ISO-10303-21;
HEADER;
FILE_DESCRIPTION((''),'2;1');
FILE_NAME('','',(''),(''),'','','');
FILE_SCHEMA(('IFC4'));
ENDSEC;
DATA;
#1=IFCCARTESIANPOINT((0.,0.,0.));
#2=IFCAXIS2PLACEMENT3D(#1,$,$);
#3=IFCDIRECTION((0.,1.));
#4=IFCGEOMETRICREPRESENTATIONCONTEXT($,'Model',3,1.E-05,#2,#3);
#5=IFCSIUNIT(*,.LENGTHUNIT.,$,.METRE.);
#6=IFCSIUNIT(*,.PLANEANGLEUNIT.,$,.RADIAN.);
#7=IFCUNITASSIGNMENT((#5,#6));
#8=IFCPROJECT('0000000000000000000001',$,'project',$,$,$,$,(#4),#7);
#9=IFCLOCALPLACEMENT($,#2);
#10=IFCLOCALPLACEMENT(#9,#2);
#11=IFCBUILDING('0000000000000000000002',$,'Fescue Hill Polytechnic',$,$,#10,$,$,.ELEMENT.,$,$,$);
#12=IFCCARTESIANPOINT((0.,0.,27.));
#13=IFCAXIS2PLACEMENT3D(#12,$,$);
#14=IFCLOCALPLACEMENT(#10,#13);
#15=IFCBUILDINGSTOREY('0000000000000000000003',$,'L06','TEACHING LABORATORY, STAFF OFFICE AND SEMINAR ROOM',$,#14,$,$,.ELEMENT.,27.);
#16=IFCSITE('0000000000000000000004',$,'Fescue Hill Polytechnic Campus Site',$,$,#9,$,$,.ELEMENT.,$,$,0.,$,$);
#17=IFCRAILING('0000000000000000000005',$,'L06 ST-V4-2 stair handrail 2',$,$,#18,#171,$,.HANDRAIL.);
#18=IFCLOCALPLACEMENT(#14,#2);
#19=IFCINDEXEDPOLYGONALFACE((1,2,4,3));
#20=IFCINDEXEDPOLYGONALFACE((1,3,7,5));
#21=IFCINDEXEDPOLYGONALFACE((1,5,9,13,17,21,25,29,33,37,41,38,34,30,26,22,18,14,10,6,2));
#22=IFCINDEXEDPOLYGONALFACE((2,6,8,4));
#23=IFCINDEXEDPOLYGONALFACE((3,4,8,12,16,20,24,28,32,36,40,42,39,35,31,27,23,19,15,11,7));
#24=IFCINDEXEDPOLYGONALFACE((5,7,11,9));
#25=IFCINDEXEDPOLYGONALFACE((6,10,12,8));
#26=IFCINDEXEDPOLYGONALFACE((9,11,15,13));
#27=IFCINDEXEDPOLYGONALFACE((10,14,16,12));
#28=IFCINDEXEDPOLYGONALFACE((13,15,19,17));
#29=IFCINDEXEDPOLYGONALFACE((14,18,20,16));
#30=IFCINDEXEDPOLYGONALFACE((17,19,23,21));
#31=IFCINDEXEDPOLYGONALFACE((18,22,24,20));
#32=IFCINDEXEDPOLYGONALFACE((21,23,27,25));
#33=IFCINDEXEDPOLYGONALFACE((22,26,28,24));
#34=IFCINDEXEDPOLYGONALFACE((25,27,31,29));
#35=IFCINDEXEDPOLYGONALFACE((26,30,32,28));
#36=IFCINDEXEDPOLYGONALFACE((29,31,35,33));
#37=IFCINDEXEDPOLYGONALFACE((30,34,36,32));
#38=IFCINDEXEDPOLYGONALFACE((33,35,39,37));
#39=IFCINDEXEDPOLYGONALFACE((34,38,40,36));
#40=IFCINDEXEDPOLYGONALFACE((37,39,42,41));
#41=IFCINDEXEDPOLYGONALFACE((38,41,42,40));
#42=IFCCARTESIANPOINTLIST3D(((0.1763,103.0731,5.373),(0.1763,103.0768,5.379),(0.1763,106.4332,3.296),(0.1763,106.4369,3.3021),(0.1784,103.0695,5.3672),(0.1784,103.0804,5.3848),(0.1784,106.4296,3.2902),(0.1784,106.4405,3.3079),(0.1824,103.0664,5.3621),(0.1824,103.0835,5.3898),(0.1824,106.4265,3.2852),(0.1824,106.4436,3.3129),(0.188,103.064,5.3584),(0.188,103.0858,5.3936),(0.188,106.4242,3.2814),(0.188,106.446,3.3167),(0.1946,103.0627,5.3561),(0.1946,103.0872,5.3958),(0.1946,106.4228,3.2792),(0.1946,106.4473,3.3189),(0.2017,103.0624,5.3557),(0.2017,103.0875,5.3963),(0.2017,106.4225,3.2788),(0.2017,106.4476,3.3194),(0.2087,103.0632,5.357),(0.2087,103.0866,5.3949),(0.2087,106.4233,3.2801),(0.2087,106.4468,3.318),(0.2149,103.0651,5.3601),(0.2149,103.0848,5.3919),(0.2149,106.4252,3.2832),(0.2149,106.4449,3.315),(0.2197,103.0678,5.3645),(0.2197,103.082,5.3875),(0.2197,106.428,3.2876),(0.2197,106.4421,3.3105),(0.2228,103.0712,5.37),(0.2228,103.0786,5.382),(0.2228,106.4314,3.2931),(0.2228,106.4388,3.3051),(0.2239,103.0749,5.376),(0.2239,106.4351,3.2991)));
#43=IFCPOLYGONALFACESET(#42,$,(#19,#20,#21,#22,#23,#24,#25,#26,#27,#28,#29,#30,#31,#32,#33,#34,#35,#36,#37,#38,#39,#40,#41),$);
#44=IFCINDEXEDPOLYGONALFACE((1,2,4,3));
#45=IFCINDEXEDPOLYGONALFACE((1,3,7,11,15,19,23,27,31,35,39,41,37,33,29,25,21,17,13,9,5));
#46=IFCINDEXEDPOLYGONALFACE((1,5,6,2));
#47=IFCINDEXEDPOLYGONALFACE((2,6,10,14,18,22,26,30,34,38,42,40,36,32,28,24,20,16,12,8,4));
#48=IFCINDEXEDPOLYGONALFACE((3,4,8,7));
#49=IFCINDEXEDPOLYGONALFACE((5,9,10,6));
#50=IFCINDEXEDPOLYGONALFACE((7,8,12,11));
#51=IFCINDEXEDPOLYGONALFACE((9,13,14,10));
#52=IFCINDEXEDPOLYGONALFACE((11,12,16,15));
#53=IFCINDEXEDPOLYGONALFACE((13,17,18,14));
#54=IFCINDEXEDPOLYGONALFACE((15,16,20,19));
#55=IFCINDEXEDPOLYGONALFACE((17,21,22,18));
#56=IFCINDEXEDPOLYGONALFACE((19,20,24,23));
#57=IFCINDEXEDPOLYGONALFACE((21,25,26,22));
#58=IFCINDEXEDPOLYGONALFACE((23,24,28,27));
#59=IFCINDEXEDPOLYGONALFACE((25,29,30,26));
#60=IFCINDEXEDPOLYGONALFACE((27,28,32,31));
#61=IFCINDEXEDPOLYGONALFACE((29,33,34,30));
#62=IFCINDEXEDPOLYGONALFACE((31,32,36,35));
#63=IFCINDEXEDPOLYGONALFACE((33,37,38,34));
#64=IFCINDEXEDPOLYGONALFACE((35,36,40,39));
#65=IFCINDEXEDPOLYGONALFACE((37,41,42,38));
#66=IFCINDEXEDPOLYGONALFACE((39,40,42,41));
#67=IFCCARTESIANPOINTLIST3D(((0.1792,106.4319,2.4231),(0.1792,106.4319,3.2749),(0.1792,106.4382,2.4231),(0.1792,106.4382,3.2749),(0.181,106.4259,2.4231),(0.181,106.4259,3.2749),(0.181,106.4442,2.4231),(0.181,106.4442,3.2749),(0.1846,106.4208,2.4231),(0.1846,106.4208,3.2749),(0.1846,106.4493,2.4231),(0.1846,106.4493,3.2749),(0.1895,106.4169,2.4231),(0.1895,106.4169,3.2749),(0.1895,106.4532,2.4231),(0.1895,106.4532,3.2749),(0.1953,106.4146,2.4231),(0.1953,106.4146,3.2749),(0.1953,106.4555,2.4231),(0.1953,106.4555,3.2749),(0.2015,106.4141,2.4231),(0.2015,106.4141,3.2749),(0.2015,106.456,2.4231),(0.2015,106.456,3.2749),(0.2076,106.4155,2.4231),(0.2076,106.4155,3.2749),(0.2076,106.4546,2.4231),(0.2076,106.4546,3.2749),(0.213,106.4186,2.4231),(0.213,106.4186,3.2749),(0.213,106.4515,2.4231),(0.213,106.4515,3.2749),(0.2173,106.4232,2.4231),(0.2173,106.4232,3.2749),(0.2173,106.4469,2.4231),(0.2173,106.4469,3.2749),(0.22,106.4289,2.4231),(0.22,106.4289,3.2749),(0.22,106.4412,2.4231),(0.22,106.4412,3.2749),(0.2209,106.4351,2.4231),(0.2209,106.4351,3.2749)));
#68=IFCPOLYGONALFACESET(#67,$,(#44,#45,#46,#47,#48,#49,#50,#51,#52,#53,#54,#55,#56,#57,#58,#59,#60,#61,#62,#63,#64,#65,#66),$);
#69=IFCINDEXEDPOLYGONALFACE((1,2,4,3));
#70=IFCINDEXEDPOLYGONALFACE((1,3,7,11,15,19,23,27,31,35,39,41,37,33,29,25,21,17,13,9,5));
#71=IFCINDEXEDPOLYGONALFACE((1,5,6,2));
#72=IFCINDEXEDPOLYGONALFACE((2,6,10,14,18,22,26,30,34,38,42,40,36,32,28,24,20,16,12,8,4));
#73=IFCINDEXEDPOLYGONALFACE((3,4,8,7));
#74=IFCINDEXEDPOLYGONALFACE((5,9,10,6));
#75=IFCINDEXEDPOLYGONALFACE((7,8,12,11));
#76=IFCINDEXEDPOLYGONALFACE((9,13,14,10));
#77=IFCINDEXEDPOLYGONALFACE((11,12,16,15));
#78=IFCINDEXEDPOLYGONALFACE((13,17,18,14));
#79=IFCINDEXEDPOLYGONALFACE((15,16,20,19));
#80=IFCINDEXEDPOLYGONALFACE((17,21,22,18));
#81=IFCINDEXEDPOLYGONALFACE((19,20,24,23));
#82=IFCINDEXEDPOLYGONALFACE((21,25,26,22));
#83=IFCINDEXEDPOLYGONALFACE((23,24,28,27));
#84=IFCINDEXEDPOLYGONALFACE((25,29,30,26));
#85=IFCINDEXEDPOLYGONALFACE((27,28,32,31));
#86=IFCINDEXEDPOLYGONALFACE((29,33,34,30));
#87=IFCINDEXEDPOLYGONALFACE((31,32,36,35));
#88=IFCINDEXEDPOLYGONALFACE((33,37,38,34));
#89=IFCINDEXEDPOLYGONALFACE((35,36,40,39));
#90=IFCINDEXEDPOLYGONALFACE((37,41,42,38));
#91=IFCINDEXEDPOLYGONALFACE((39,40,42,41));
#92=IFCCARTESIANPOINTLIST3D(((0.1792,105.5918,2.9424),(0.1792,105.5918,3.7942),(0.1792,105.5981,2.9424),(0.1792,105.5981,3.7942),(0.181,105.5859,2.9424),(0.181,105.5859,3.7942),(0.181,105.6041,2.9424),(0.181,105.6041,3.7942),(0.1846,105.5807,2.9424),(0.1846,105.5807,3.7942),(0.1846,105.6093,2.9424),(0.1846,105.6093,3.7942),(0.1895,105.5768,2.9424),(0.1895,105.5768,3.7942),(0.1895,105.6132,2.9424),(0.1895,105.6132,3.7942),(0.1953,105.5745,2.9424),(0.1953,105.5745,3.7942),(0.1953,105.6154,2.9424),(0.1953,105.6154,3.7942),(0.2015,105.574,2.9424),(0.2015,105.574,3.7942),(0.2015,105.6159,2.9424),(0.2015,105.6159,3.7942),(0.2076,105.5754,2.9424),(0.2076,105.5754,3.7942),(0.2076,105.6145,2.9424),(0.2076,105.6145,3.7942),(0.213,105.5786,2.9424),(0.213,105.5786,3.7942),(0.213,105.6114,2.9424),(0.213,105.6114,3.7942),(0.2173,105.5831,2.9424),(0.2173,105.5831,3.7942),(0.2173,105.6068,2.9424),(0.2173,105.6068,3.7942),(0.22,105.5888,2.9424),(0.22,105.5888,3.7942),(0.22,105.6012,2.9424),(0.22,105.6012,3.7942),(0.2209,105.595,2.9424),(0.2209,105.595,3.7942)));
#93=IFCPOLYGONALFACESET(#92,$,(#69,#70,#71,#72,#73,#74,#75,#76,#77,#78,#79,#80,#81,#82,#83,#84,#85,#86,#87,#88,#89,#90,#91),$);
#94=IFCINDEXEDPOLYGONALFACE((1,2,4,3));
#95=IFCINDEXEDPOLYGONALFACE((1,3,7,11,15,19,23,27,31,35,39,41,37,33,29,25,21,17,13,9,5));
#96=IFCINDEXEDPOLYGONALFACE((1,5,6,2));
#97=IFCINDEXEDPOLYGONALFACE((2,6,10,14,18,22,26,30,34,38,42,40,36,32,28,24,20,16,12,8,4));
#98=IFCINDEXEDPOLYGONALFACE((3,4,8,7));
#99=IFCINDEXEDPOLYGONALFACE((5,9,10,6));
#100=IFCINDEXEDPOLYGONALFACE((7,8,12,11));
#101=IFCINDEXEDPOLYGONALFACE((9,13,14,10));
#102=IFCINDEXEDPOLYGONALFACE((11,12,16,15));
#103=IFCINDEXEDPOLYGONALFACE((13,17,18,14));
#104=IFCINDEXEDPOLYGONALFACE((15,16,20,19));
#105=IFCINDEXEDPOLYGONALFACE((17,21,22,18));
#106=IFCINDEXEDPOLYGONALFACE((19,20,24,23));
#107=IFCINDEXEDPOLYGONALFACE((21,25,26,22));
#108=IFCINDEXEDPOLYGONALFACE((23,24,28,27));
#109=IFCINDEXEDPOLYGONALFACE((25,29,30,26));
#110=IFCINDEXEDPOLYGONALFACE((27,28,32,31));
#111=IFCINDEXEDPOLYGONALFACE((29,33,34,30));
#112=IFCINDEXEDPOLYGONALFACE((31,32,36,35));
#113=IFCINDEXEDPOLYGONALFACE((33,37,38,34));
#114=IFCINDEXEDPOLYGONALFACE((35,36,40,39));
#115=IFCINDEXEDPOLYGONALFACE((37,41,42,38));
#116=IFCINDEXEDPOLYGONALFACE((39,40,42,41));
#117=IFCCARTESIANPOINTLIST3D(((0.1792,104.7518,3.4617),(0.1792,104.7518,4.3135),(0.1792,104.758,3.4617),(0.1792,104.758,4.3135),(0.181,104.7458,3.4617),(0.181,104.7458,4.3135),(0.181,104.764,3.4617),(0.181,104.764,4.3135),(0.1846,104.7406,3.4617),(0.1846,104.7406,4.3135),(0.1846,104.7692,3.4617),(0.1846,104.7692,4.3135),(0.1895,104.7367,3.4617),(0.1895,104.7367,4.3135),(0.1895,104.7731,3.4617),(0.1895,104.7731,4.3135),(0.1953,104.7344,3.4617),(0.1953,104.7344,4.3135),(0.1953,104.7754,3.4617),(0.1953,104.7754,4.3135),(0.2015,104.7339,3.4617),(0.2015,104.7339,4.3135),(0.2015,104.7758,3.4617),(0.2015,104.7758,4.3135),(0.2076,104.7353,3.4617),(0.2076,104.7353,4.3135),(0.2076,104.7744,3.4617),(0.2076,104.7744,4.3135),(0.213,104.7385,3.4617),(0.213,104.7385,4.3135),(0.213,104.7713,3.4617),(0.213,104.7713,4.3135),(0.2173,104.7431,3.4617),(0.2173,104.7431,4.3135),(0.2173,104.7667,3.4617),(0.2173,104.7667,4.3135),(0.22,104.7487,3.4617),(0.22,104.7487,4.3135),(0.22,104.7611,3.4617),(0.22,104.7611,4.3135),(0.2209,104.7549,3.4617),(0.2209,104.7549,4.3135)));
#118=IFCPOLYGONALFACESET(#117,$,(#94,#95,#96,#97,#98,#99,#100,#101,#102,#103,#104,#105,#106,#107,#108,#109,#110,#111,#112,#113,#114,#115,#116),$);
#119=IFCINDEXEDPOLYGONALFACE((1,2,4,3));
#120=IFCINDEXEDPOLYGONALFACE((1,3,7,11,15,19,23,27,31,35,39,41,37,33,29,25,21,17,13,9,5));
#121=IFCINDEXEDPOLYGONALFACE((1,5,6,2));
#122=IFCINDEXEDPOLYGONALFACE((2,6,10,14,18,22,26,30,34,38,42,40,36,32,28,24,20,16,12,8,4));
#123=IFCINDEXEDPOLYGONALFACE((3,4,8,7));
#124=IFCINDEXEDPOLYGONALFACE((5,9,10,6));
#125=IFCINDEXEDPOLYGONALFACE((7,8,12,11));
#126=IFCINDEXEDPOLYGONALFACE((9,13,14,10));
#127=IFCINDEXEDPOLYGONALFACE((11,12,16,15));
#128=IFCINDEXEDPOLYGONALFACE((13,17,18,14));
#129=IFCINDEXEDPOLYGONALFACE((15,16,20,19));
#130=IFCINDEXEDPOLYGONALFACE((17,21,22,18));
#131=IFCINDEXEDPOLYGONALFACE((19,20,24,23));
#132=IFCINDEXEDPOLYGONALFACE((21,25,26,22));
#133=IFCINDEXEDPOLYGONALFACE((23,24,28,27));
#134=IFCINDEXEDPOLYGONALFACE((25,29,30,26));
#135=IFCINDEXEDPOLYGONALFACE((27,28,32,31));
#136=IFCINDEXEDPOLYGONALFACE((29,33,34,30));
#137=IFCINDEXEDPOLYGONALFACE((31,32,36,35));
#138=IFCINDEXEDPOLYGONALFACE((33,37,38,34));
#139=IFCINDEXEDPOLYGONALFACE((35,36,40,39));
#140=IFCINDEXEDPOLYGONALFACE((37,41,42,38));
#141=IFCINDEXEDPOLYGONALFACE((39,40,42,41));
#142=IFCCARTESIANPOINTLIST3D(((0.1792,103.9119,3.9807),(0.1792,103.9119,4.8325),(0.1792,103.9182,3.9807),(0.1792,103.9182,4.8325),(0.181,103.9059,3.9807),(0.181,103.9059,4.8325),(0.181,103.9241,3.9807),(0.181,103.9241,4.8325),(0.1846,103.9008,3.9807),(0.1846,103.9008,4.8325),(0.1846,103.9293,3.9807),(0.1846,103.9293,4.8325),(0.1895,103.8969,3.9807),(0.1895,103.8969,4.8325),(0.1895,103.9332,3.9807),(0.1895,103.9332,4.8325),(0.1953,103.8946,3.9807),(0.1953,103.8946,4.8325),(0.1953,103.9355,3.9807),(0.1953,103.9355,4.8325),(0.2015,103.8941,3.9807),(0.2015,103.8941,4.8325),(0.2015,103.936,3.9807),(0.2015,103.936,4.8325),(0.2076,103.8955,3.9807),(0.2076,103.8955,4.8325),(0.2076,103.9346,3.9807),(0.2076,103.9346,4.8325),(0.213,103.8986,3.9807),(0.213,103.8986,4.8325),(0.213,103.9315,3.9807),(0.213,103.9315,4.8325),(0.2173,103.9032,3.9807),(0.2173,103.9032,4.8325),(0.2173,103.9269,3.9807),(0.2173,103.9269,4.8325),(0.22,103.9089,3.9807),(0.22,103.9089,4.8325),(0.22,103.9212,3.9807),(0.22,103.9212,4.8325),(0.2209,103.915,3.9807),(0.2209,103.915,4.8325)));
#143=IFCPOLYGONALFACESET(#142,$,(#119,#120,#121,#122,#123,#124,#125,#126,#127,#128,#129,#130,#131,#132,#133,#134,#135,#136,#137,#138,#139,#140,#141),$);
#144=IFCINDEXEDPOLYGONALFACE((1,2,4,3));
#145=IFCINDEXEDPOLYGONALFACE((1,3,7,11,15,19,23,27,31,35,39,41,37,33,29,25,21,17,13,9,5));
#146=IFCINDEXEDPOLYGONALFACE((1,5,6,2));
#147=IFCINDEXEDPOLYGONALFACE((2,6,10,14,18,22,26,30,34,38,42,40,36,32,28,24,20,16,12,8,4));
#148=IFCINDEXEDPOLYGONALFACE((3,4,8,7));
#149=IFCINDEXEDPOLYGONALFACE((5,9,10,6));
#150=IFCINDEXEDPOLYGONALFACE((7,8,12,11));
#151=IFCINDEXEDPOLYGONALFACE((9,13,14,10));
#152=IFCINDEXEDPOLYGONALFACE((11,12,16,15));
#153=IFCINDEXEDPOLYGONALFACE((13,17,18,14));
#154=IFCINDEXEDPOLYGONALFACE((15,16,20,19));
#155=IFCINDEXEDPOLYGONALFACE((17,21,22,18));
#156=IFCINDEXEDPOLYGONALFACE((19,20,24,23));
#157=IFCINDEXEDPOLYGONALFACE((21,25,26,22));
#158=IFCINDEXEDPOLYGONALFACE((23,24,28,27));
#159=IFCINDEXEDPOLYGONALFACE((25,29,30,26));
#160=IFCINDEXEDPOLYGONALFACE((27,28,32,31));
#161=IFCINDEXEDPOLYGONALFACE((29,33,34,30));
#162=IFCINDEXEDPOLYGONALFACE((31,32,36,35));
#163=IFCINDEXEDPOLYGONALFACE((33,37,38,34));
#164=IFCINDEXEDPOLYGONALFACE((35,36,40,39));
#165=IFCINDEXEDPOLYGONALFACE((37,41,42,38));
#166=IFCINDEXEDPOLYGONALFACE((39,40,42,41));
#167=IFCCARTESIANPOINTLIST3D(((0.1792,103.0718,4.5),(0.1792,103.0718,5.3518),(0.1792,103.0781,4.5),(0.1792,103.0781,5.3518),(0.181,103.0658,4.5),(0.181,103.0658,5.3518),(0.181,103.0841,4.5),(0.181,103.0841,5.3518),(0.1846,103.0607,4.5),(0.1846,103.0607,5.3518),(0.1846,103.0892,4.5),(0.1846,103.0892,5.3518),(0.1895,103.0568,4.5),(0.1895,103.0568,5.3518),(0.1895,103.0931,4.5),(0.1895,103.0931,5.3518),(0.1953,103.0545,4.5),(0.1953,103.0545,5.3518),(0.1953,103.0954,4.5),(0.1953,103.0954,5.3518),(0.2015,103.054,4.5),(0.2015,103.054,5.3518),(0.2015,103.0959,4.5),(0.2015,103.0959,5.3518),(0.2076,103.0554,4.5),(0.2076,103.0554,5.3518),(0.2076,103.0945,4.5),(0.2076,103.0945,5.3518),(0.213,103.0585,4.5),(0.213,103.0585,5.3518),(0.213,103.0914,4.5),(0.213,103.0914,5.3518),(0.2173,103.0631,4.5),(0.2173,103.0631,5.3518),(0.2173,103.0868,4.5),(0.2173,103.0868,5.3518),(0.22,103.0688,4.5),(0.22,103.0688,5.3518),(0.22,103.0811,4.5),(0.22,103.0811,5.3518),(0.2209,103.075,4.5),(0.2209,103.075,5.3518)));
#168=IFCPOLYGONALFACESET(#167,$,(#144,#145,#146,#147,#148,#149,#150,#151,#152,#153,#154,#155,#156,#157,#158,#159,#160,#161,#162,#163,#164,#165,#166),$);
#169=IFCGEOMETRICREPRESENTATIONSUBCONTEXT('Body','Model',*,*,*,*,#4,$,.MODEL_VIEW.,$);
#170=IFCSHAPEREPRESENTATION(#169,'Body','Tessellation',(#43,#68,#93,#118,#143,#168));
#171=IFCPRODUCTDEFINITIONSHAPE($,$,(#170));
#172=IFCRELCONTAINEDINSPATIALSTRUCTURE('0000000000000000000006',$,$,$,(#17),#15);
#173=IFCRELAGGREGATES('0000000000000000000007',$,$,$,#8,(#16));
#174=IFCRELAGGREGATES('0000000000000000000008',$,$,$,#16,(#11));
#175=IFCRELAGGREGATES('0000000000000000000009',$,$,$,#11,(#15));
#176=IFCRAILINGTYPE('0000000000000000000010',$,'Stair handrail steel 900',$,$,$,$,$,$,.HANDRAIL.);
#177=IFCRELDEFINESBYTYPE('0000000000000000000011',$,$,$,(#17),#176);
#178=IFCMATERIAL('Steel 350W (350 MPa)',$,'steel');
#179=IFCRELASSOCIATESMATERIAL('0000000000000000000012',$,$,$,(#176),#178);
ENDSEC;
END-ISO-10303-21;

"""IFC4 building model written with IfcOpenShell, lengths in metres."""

from ifc_helpers import new_model, si_unit, direction, frame, origin, origin_2d, place, context, subcontext, project, spatial, circle, extrude, material, type_object, element, save


model = new_model("IFC4")

# Units and contexts
model_context = context("Model", 3, precision=1e-05, world=origin(), true_north=direction((0.0, 1.0)))
body_context = subcontext(model_context, "Body", "Model", "MODEL_VIEW")
ifc_project = project(units=[si_unit("LENGTHUNIT", "METRE"), si_unit("PLANEANGLEUNIT", "RADIAN")], contexts=[model_context])

# Site, building, storey
site_placement = place(None, origin())
site = spatial("IfcSite", under=ifc_project, at=site_placement, Name="Fescue Hill Polytechnic Campus Site", CompositionType="ELEMENT", RefElevation=0.0)
building_placement = place(site_placement, origin())
building = spatial("IfcBuilding", under=site, at=building_placement, Name="Fescue Hill Polytechnic", CompositionType="ELEMENT")
storey_placement = place(building_placement, frame((0.0, 0.0, 27.0)))
storey = spatial("IfcBuildingStorey", under=building, at=storey_placement, Name="L06", Description="TEACHING LABORATORY, STAFF OFFICE AND SEMINAR ROOM", CompositionType="ELEMENT", Elevation=27.0)

# Railing
ifc_material_1 = material(Name="Steel 350W (350 MPa)", Category="steel")
railing_type_1 = type_object("IfcRailingType", Name="Stair handrail steel 900", PredefinedType="HANDRAIL", material=ifc_material_1)
railing_1_placement = place(storey_placement, frame((0.2, 106.4351, 2.4231)))
element("IfcRailing", 1, at=railing_1_placement, inside=storey, type_object=railing_type_1, Name="L06 ST-V4-2 stair handrail 2", PredefinedType="HANDRAIL", context=body_context, shape_type="SweptSolid", body=[
    extrude(circle(Radius=0.0239, at=origin_2d()), frame((0.0, 0.0, 0.876), z_axis=(0.0, -0.850623, 0.525776), x_axis=(1.0, 0.0, 0.0)), (0.0, 0.0, 1.0), 3.9502),
    extrude(circle(Radius=0.021, at=origin_2d()), origin(), (0.0, 0.0, 1.0), 0.8518),
    extrude(circle(Radius=0.021, at=origin_2d()), frame((0.0, -0.8401, 0.5193)), (0.0, 0.0, 1.0), 0.8518),
    extrude(circle(Radius=0.021, at=origin_2d()), frame((0.0, -1.6802, 1.0386)), (0.0, 0.0, 1.0), 0.8518),
    extrude(circle(Radius=0.021, at=origin_2d()), frame((0.0, -2.52, 1.5576)), (0.0, 0.0, 1.0), 0.8518),
    extrude(circle(Radius=0.021, at=origin_2d()), frame((0.0, -3.3601, 2.0769)), (0.0, 0.0, 1.0), 0.8518),
])

save(model, "model.ifc")
